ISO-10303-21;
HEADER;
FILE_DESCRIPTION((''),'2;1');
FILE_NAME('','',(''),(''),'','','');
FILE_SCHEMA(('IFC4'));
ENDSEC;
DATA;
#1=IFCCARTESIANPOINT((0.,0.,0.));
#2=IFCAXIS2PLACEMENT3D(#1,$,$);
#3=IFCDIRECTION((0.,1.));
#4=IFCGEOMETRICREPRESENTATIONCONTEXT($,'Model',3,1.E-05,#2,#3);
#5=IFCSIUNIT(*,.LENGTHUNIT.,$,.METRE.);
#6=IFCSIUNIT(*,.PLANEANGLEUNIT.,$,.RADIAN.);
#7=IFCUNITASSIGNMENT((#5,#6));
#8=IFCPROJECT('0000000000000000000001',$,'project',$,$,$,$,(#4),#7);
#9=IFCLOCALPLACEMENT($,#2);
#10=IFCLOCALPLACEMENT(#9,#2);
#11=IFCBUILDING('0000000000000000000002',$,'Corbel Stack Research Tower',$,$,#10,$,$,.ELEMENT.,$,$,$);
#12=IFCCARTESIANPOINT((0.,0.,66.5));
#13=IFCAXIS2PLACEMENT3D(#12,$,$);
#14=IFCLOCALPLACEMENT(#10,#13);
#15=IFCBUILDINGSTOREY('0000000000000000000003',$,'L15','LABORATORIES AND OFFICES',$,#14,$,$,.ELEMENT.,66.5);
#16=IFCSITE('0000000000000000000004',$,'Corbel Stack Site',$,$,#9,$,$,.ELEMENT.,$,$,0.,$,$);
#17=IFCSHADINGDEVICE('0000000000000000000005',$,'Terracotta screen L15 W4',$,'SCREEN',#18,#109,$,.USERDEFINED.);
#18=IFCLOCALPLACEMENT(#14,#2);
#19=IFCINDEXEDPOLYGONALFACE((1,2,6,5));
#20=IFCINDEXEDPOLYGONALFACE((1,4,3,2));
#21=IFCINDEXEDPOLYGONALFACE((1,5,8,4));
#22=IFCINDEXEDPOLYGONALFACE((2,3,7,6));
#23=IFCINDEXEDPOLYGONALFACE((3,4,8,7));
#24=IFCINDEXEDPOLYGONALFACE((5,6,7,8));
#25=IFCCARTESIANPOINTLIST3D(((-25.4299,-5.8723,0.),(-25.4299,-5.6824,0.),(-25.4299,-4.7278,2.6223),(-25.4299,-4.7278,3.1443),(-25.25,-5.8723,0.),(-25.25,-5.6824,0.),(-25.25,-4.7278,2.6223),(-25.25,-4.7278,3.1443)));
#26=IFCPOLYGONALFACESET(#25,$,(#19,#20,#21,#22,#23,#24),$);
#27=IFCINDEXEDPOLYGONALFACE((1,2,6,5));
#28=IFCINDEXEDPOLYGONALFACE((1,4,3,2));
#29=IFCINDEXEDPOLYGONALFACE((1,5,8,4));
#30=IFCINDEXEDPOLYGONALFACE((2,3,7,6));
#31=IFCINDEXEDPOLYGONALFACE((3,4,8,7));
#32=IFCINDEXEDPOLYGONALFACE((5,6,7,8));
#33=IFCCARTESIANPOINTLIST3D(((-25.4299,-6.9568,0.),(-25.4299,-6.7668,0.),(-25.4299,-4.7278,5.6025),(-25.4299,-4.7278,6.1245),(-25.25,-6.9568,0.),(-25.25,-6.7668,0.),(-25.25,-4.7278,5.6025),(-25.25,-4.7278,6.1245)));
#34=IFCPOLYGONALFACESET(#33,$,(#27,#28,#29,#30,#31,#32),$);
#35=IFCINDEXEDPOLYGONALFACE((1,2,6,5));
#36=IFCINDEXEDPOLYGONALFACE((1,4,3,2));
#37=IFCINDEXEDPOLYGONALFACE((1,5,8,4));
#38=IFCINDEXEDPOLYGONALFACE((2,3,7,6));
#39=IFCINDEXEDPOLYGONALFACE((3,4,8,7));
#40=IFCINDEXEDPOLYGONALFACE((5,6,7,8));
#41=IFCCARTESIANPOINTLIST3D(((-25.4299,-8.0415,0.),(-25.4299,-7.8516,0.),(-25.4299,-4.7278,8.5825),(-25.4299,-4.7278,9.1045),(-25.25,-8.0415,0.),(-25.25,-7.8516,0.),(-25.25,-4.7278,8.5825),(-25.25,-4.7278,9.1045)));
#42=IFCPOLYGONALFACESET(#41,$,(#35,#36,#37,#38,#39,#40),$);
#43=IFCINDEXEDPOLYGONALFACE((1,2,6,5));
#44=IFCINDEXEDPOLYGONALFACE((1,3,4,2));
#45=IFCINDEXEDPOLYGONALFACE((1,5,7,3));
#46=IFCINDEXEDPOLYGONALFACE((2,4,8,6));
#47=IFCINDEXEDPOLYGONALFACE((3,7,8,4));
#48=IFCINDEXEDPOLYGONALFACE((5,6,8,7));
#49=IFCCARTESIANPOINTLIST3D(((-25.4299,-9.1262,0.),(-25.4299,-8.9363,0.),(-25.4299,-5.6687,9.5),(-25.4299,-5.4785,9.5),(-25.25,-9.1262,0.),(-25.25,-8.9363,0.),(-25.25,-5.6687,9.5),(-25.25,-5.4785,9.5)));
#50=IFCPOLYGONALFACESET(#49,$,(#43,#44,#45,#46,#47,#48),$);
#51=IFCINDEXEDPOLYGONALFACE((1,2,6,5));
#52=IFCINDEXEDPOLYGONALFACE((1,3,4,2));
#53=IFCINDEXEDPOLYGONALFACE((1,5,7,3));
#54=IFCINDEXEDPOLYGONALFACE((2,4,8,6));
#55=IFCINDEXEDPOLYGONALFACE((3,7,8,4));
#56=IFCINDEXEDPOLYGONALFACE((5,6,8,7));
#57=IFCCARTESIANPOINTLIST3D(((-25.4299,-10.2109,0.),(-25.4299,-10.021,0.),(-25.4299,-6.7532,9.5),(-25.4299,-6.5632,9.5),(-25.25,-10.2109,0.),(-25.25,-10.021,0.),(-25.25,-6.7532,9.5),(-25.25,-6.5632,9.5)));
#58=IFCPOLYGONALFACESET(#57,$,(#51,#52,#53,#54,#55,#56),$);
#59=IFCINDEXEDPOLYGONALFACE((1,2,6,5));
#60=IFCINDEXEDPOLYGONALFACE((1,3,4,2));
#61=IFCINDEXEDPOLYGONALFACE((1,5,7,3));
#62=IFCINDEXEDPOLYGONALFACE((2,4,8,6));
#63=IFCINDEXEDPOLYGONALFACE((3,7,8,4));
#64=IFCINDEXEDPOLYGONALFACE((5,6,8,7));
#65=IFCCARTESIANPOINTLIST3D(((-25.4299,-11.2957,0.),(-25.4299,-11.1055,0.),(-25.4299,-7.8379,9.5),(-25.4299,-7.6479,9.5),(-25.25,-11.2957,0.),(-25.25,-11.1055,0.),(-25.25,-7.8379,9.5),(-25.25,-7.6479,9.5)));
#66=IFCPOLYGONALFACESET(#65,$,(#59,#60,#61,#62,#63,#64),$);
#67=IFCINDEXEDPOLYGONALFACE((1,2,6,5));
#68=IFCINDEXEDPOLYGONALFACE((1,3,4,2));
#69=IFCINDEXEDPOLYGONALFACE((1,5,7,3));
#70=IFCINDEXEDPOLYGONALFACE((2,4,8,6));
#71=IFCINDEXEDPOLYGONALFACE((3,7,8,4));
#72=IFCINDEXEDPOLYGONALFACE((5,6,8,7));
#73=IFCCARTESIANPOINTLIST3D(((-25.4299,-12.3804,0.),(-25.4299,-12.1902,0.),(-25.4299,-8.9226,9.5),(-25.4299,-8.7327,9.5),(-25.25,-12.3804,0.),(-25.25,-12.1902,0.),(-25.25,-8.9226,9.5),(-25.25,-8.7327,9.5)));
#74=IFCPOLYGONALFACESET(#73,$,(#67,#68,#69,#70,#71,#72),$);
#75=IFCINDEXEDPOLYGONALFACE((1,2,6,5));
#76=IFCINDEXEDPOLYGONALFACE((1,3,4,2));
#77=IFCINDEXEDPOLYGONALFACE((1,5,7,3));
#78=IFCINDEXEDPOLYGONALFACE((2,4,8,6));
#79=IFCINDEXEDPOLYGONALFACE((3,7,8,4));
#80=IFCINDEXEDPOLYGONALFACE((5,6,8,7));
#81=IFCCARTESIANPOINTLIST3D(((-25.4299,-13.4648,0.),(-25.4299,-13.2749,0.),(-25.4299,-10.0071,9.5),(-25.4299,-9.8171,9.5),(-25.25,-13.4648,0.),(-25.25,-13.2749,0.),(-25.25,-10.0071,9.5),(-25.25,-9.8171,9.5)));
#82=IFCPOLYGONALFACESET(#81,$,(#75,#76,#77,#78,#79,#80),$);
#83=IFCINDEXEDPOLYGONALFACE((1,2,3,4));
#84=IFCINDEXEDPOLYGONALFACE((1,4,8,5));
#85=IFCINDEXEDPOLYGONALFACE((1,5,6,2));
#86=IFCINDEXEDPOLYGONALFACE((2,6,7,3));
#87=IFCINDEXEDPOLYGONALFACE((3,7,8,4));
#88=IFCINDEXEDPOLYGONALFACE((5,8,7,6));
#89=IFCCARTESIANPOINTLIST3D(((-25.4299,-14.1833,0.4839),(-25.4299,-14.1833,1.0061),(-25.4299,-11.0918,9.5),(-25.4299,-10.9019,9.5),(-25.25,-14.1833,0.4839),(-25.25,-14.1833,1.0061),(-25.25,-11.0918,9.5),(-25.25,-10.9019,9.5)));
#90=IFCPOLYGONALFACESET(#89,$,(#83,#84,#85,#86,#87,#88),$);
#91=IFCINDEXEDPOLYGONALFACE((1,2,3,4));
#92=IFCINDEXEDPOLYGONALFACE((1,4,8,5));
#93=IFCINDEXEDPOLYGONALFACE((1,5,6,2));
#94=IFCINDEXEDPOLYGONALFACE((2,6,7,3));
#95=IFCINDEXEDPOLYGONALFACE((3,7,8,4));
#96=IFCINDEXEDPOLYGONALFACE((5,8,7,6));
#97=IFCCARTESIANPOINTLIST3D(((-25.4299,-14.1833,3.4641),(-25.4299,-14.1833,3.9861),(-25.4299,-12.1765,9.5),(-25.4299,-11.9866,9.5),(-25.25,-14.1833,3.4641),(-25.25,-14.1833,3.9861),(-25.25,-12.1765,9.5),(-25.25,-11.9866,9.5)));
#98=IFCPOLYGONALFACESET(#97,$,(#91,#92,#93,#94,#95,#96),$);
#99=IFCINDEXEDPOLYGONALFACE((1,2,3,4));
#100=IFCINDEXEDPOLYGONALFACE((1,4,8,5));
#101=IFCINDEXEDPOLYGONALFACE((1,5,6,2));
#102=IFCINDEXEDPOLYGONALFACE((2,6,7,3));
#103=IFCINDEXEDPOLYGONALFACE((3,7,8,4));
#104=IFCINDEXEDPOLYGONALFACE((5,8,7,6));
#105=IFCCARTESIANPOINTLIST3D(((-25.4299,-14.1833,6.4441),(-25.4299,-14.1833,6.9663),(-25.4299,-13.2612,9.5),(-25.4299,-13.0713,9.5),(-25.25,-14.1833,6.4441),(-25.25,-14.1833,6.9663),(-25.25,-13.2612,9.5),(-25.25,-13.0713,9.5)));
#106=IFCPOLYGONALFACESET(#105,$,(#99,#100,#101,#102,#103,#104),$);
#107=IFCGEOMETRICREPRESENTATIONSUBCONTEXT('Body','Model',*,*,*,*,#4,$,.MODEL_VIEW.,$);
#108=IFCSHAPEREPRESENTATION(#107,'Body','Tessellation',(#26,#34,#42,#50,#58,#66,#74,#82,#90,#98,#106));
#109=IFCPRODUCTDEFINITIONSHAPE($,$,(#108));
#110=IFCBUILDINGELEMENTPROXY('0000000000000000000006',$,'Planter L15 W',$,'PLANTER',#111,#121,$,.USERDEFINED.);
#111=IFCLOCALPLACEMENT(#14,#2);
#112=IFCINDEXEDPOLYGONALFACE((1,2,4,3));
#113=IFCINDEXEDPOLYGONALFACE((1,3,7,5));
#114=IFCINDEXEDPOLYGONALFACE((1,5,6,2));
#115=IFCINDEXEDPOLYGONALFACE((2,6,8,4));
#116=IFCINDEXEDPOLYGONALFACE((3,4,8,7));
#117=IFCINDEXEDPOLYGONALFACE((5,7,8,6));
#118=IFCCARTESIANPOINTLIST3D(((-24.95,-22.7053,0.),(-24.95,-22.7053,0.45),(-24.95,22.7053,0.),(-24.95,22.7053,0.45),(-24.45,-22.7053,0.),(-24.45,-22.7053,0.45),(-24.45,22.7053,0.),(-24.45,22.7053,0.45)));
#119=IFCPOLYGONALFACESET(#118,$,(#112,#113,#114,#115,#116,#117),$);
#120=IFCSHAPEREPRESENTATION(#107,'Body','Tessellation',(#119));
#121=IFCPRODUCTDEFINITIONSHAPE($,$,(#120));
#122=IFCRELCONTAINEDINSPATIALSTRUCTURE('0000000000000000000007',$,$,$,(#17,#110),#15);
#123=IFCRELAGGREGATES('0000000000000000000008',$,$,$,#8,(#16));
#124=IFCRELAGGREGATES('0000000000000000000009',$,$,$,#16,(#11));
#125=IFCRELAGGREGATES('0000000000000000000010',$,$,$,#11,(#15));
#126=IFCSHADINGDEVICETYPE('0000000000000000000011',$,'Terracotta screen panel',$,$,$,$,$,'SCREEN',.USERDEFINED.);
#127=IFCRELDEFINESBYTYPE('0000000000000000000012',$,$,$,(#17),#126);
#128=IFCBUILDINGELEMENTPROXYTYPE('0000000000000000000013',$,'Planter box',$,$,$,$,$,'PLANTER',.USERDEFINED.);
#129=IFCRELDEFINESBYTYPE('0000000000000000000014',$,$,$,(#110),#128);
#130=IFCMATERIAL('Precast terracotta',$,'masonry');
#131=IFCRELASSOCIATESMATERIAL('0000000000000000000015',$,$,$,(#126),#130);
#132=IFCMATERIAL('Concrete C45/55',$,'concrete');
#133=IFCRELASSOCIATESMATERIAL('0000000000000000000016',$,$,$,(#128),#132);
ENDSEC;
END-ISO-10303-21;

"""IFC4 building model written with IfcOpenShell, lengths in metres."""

from ifc_helpers import new_model, si_unit, direction, frame, origin, origin_2d, place, context, subcontext, project, spatial, polyline, rectangle, outline, extrude, source, transform, mapped, material, type_object, element, save


model = new_model("IFC4")

# Units and contexts
model_context = context("Model", 3, precision=1e-05, world=origin(), true_north=direction((0.0, 1.0)))
body_context = subcontext(model_context, "Body", "Model", "MODEL_VIEW")
ifc_project = project(units=[si_unit("LENGTHUNIT", "METRE"), si_unit("PLANEANGLEUNIT", "RADIAN")], contexts=[model_context])

# Site, building, storey
site_placement = place(None, origin())
site = spatial("IfcSite", under=ifc_project, at=site_placement, Name="Corbel Stack Site", CompositionType="ELEMENT", RefElevation=0.0)
building_placement = place(site_placement, origin())
building = spatial("IfcBuilding", under=site, at=building_placement, Name="Corbel Stack Research Tower", CompositionType="ELEMENT")
storey_placement = place(building_placement, frame((0.0, 0.0, 66.5)))
storey = spatial("IfcBuildingStorey", under=building, at=storey_placement, Name="L15", Description="LABORATORIES AND OFFICES", CompositionType="ELEMENT", Elevation=66.5)

# Shading device
ifc_material_1 = material(Name="Precast terracotta", Category="masonry")
shading_device_type = type_object("IfcShadingDeviceType", Name="Terracotta screen panel", ElementType="SCREEN", PredefinedType="USERDEFINED", material=ifc_material_1)
shared_shape = source(origin(), body_context, "Body", "SweptSolid", [
    extrude(outline(polyline([(1.1445, 0.0), (0.0, 3.1443), (0.0, 2.6223), (0.9546, 0.0), (1.1445, 0.0)])), frame((0.0, 0.0, 0.0), z_axis=(0.0, -1.0, 0.0), x_axis=(1.0, 0.0, 0.0)), (0.0, 0.0, 1.0), 0.1799),
    extrude(outline(polyline([(2.229, 0.0), (0.0, 6.1245), (0.0, 5.6025), (2.0391, 0.0), (2.229, 0.0)])), frame((0.0, 0.0, 0.0), z_axis=(0.0, -1.0, 0.0), x_axis=(1.0, 0.0, 0.0)), (0.0, 0.0, 1.0), 0.1799),
    extrude(outline(polyline([(3.3137, 0.0), (0.0, 9.1045), (0.0, 8.5825), (3.1238, 0.0), (3.3137, 0.0)])), frame((0.0, 0.0, 0.0), z_axis=(0.0, -1.0, 0.0), x_axis=(1.0, 0.0, 0.0)), (0.0, 0.0, 1.0), 0.1799),
    extrude(outline(polyline([(4.3984, 0.0), (0.9409, 9.5), (0.7507, 9.5), (4.2085, 0.0), (4.3984, 0.0)])), frame((0.0, 0.0, 0.0), z_axis=(0.0, -1.0, 0.0), x_axis=(1.0, 0.0, 0.0)), (0.0, 0.0, 1.0), 0.1799),
    extrude(outline(polyline([(5.4832, 0.0), (2.0254, 9.5), (1.8354, 9.5), (5.2932, 0.0), (5.4832, 0.0)])), frame((0.0, 0.0, 0.0), z_axis=(0.0, -1.0, 0.0), x_axis=(1.0, 0.0, 0.0)), (0.0, 0.0, 1.0), 0.1799),
    extrude(outline(polyline([(6.5679, 0.0), (3.1101, 9.5), (2.9202, 9.5), (6.3777, 0.0), (6.5679, 0.0)])), frame((0.0, 0.0, 0.0), z_axis=(0.0, -1.0, 0.0), x_axis=(1.0, 0.0, 0.0)), (0.0, 0.0, 1.0), 0.1799),
    extrude(outline(polyline([(7.6526, 0.0), (4.1948, 9.5), (4.0049, 9.5), (7.4624, 0.0), (7.6526, 0.0)])), frame((0.0, 0.0, 0.0), z_axis=(0.0, -1.0, 0.0), x_axis=(1.0, 0.0, 0.0)), (0.0, 0.0, 1.0), 0.1799),
    extrude(outline(polyline([(8.7371, 0.0), (5.2793, 9.5), (5.0894, 9.5), (8.5471, 0.0), (8.7371, 0.0)])), frame((0.0, 0.0, 0.0), z_axis=(0.0, -1.0, 0.0), x_axis=(1.0, 0.0, 0.0)), (0.0, 0.0, 1.0), 0.1799),
    extrude(outline(polyline([(6.364, 9.5), (6.1741, 9.5), (9.4556, 0.4839), (9.4556, 1.0061), (6.364, 9.5)])), frame((0.0, 0.0, 0.0), z_axis=(0.0, -1.0, 0.0), x_axis=(1.0, 0.0, 0.0)), (0.0, 0.0, 1.0), 0.1799),
    extrude(outline(polyline([(7.4487, 9.5), (7.2588, 9.5), (9.4556, 3.4641), (9.4556, 3.9861), (7.4487, 9.5)])), frame((0.0, 0.0, 0.0), z_axis=(0.0, -1.0, 0.0), x_axis=(1.0, 0.0, 0.0)), (0.0, 0.0, 1.0), 0.1799),
    extrude(outline(polyline([(8.5334, 9.5), (8.3435, 9.5), (9.4556, 6.4441), (9.4556, 6.9663), (8.5334, 9.5)])), frame((0.0, 0.0, 0.0), z_axis=(0.0, -1.0, 0.0), x_axis=(1.0, 0.0, 0.0)), (0.0, 0.0, 1.0), 0.1799),
])
shading_device_placement = place(storey_placement, frame((-25.25, -4.7278, 0.0), z_axis=(0.0, 0.0, 1.0), x_axis=(0.0, -1.0, 0.0)))
element("IfcShadingDevice", 1, at=shading_device_placement, inside=storey, type_object=shading_device_type, Name="Terracotta screen L15 W4", ObjectType="SCREEN", PredefinedType="USERDEFINED", context=body_context, shape_type="MappedRepresentation", body=[
    mapped(shared_shape, transform((0.0, 0.0, 0.0))),
])

# Building element proxy
ifc_material_2 = material(Name="Concrete C45/55", Category="concrete")
building_element_proxy_type = type_object("IfcBuildingElementProxyType", Name="Planter box", ElementType="PLANTER", PredefinedType="USERDEFINED", material=ifc_material_2)
proxy_placement = place(storey_placement, frame((-24.7, 0.0, 0.0), z_axis=(0.0, 0.0, 1.0), x_axis=(0.0, -1.0, 0.0)))
element("IfcBuildingElementProxy", 2, at=proxy_placement, inside=storey, type_object=building_element_proxy_type, Name="Planter L15 W", ObjectType="PLANTER", PredefinedType="USERDEFINED", context=body_context, shape_type="SweptSolid", body=[
    extrude(rectangle(XDim=45.4106, YDim=0.5, at=origin_2d()), origin(), (0.0, 0.0, 1.0), 0.45),
])

save(model, "model.ifc")
